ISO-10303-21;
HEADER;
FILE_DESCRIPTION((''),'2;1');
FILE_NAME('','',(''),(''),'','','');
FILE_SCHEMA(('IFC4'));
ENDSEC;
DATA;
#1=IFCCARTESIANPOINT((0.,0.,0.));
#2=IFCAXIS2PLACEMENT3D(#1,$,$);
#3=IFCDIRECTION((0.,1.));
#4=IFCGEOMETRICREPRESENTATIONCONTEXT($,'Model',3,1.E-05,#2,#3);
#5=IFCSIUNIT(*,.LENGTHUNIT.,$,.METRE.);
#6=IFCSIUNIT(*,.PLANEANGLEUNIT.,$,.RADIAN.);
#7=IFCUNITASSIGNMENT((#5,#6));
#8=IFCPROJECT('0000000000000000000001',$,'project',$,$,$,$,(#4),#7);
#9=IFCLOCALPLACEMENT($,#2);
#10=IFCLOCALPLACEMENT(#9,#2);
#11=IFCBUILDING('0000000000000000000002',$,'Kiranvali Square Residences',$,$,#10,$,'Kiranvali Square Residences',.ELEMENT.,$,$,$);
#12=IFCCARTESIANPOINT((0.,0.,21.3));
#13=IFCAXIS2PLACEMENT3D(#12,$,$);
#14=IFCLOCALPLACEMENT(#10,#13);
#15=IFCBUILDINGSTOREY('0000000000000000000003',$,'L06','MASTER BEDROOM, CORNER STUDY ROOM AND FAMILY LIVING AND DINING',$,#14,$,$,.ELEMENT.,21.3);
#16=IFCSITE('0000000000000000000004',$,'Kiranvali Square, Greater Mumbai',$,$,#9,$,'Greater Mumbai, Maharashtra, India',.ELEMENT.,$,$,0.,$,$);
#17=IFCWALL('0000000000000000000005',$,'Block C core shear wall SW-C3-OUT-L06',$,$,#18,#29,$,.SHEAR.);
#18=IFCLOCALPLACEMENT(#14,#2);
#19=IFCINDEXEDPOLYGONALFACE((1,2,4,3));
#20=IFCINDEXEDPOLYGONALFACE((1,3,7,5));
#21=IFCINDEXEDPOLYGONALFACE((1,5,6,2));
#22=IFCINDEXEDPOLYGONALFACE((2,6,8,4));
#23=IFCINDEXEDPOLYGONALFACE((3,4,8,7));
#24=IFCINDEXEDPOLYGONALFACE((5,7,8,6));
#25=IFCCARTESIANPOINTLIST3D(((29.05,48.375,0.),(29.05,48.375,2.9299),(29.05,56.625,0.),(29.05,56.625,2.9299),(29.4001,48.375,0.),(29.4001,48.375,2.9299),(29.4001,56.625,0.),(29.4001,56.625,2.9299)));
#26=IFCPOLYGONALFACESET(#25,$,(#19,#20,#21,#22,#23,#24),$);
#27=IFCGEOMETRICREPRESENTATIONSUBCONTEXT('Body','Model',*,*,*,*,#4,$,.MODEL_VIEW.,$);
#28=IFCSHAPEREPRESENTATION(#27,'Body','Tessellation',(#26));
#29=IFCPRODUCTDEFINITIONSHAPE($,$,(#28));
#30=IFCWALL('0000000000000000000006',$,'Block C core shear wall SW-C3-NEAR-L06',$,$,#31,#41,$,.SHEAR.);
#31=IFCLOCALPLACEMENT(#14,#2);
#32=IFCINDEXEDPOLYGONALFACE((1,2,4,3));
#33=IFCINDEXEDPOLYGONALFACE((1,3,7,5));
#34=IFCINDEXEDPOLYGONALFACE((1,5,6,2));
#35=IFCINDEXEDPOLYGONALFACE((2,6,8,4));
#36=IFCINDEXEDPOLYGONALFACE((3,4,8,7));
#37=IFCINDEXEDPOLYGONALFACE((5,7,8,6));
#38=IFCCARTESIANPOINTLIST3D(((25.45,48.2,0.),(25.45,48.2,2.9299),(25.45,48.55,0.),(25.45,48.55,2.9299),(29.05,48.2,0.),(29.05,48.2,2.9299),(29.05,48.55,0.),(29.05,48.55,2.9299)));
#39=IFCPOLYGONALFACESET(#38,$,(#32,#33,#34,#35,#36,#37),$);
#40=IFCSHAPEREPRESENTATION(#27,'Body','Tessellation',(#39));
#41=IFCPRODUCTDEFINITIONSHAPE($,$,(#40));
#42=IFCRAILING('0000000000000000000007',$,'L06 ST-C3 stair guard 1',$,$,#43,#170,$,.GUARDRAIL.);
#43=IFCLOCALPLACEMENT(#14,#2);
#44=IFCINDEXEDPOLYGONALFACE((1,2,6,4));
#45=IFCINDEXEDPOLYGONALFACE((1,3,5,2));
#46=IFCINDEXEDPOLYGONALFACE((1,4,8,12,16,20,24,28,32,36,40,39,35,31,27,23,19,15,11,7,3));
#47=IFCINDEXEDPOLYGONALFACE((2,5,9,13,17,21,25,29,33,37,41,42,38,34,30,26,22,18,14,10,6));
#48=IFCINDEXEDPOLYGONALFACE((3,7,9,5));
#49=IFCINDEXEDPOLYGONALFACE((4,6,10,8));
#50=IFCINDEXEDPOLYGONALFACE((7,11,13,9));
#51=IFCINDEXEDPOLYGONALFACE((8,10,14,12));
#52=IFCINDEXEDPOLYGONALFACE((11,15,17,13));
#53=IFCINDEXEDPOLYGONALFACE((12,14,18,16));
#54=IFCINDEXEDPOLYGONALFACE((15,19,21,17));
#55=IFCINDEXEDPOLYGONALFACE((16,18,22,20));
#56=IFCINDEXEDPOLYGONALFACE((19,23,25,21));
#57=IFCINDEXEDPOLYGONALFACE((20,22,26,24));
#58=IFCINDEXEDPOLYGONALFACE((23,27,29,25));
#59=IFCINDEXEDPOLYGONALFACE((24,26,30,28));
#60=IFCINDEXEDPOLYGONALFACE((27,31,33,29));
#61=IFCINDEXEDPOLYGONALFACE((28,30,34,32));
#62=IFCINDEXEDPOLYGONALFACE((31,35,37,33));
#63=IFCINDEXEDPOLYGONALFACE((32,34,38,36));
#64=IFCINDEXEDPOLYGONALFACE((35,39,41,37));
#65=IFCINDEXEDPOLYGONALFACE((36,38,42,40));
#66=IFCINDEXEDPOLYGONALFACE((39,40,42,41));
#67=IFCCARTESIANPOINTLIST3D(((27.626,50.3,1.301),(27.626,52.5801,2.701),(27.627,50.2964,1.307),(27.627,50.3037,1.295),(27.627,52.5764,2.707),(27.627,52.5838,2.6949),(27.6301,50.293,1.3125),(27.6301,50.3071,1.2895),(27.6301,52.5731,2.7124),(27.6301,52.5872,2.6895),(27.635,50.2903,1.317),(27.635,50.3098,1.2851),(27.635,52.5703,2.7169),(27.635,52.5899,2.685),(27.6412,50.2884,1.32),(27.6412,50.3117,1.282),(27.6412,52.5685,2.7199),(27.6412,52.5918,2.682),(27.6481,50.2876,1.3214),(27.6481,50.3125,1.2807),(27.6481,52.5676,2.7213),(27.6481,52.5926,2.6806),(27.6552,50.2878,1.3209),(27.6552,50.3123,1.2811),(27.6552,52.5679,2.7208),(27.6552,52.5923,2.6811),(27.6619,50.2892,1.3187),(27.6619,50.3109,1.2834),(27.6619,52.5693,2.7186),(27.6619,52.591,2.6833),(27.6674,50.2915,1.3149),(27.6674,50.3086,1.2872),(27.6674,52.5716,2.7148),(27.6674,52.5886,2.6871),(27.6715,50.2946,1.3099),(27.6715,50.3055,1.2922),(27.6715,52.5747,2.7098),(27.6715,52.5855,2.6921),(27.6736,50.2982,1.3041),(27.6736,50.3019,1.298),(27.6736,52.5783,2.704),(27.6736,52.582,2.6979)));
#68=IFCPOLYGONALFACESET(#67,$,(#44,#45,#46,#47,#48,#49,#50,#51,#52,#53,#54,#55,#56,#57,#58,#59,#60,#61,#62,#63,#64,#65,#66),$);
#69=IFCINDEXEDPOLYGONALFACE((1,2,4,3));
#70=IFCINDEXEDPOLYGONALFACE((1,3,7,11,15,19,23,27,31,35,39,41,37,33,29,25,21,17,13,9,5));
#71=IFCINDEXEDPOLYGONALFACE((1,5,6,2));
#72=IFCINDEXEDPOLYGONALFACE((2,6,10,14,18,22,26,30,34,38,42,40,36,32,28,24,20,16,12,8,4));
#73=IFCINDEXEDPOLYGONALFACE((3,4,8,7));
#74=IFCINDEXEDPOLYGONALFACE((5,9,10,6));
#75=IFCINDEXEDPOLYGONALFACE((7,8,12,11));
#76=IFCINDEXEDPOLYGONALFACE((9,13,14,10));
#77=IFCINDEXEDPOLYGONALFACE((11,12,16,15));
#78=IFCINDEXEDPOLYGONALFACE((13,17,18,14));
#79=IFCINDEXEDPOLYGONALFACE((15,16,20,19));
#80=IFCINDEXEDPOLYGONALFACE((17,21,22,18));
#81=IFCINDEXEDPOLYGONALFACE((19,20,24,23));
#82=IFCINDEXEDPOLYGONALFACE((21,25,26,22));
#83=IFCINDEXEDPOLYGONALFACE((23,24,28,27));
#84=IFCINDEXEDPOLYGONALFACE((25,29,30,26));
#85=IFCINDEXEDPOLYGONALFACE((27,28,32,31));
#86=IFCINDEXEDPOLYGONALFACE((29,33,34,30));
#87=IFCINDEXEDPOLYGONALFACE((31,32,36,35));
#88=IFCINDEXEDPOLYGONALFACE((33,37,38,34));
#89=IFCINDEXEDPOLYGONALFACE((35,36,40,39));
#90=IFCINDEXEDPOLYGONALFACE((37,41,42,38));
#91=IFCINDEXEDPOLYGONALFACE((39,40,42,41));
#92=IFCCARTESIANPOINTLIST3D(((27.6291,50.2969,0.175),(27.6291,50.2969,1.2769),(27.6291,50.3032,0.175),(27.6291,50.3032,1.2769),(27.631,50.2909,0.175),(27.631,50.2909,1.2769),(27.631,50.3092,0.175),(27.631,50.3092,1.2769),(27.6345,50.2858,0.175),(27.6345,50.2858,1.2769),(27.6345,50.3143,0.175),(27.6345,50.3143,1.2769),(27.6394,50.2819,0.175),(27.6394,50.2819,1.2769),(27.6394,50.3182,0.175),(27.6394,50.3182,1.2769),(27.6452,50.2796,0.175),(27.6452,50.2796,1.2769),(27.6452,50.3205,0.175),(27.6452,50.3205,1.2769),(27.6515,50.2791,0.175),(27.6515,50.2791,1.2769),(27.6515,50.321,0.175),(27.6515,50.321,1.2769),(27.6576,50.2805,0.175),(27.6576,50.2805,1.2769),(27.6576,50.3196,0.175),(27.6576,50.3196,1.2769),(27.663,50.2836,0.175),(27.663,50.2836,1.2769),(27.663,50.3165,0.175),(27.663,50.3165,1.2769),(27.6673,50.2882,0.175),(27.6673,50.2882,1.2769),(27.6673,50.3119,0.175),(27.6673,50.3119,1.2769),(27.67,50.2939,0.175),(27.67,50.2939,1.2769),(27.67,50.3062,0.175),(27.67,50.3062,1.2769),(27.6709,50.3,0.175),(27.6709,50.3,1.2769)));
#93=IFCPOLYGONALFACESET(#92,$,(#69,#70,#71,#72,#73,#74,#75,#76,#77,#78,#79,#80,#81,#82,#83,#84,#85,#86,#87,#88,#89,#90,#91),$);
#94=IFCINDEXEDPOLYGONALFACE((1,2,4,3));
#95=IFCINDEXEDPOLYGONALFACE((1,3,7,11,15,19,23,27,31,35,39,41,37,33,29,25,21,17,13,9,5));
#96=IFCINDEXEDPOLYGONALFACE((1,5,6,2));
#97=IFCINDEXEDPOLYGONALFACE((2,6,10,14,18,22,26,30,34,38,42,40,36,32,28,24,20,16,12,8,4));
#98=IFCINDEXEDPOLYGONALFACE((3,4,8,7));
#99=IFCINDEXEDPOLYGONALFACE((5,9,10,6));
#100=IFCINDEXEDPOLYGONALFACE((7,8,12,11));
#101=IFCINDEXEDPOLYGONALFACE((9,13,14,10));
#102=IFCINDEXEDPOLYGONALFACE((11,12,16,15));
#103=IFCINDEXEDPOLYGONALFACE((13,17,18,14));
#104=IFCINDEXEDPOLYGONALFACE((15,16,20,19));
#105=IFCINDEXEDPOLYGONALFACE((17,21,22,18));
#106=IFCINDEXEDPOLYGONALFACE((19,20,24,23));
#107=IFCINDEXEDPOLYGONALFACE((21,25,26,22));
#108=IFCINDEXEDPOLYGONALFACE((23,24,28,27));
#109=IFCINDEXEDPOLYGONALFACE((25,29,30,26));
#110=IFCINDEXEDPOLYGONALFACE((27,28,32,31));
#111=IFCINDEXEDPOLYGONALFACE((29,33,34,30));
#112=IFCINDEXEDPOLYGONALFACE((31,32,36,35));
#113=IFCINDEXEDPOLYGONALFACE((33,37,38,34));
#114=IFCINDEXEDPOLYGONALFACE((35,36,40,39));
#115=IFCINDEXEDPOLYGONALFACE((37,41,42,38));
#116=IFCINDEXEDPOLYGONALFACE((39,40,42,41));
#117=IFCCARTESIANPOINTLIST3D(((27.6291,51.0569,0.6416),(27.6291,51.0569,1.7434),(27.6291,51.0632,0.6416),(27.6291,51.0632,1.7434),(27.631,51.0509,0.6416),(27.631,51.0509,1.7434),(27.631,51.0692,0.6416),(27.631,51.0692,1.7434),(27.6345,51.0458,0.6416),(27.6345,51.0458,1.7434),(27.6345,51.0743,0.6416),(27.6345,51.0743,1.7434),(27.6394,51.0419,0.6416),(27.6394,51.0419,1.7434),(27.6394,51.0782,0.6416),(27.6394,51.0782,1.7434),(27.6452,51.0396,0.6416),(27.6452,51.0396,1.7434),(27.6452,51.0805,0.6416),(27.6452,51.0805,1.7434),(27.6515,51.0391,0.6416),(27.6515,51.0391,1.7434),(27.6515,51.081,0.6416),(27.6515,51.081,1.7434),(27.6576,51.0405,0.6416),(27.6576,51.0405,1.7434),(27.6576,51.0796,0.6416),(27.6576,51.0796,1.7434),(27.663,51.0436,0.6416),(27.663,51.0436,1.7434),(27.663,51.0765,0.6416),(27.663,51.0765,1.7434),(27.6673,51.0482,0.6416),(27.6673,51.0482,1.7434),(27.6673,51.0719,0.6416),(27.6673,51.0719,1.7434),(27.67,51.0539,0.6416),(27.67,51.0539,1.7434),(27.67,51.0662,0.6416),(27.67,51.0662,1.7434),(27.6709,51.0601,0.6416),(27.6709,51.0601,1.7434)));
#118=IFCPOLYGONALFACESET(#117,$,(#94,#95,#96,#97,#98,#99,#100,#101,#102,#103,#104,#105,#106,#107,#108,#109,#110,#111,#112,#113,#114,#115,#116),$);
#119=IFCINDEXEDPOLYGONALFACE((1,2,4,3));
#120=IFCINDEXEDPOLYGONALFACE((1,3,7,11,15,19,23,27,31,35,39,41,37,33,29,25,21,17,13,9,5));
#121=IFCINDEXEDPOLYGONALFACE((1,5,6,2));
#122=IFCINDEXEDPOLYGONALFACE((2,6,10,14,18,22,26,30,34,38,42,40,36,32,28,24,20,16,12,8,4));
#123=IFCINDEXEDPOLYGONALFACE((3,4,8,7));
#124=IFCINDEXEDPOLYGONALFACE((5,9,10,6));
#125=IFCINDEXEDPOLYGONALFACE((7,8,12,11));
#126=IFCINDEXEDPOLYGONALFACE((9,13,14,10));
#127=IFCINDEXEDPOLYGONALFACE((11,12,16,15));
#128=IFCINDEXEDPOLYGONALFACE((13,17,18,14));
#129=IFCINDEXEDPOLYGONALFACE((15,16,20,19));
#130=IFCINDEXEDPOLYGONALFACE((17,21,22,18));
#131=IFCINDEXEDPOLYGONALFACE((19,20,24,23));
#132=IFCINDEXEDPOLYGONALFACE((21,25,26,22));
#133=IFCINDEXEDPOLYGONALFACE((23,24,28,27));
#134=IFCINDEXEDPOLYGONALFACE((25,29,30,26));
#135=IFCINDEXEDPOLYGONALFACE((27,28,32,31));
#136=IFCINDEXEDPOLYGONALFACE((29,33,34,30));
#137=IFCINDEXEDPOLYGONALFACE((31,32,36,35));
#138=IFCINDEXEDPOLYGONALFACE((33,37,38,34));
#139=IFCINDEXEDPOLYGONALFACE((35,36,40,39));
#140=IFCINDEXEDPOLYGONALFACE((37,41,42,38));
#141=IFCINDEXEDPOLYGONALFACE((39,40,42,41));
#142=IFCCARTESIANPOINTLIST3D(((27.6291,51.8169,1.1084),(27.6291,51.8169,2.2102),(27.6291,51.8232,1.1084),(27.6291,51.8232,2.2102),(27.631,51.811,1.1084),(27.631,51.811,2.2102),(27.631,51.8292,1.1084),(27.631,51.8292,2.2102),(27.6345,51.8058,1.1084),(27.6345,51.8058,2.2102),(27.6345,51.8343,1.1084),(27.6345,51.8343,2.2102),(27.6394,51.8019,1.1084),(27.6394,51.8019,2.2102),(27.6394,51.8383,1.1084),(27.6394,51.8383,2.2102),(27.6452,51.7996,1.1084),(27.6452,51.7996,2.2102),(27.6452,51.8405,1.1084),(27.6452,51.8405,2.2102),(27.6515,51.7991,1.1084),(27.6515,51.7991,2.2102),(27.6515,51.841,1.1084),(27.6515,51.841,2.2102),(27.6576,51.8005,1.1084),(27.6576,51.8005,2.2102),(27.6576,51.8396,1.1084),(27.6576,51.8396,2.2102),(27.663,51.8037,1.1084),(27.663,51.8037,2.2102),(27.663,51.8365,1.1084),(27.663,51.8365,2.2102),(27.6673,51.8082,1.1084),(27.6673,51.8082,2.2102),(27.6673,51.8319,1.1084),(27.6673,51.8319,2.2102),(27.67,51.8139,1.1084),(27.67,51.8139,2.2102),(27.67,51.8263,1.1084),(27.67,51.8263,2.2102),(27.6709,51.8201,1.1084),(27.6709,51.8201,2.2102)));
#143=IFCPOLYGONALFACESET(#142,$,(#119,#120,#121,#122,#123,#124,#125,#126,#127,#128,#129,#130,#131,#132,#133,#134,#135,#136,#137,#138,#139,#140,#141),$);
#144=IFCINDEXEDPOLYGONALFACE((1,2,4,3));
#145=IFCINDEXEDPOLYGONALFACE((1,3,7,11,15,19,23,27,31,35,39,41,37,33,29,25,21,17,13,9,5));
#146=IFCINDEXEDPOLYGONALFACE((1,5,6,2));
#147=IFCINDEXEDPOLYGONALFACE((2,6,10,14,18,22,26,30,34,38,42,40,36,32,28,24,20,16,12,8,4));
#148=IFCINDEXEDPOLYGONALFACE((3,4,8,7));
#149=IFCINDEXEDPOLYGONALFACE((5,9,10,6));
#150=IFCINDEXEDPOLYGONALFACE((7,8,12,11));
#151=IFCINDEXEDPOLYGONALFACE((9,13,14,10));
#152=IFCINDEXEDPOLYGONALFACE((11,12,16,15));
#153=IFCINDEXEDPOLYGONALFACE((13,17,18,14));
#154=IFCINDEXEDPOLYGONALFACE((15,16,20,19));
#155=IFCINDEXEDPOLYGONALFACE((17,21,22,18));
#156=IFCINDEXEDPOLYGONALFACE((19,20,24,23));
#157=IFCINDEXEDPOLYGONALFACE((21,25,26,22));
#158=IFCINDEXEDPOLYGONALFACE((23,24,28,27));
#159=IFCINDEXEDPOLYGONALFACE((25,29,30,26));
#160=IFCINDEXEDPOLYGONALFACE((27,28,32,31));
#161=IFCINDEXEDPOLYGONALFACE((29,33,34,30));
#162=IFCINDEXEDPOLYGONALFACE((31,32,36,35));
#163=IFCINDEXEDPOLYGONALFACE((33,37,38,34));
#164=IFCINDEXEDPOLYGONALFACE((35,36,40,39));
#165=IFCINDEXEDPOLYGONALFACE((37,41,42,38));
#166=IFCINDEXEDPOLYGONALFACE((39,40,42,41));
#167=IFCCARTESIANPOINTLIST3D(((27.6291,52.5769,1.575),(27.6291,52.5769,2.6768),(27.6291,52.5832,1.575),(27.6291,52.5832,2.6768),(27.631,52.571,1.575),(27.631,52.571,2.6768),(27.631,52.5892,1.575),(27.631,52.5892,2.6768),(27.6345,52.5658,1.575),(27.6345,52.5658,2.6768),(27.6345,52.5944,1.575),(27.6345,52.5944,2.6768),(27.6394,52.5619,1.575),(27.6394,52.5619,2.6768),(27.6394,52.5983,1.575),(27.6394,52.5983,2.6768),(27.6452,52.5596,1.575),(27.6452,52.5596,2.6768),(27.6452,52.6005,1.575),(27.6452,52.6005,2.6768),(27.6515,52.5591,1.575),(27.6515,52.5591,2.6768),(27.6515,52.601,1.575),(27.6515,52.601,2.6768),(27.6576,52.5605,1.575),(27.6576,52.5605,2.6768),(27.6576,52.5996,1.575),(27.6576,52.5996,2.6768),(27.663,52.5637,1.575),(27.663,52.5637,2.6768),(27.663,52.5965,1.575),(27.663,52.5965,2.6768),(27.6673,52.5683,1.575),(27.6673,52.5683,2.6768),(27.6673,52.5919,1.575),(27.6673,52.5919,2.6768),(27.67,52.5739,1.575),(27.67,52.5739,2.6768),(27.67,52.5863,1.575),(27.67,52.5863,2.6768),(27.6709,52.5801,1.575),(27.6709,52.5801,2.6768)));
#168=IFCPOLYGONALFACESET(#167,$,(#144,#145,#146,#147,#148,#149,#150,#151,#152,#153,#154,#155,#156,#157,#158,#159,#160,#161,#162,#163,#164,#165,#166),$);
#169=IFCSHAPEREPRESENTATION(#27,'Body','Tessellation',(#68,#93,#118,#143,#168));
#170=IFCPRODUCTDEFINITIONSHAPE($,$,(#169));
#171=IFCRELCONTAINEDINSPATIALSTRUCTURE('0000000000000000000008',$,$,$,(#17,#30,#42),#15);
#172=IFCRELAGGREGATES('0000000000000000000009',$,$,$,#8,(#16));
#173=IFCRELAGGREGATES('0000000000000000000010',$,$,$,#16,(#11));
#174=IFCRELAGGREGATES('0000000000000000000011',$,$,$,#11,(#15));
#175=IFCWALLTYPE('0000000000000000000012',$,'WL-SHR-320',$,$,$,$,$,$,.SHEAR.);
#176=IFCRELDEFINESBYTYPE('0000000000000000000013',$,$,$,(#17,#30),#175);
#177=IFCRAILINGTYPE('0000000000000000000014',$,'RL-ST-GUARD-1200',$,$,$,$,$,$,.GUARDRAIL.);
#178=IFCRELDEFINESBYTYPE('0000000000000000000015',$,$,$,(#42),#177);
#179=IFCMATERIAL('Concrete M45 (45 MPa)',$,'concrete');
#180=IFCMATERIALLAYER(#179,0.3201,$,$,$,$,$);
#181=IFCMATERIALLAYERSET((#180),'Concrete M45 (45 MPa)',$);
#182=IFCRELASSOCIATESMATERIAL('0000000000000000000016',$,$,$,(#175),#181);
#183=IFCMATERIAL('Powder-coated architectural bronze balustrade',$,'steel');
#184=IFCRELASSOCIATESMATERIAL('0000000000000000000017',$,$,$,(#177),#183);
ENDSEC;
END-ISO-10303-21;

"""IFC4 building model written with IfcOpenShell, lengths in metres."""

from ifc_helpers import new_model, si_unit, direction, frame, frame_2d, origin, origin_2d, place, context, subcontext, project, spatial, rectangle, circle, extrude, material, layer, layer_set, type_object, element, save


model = new_model("IFC4")

# Units and contexts
model_context = context("Model", 3, precision=1e-05, world=origin(), true_north=direction((0.0, 1.0)))
body_context = subcontext(model_context, "Body", "Model", "MODEL_VIEW")
ifc_project = project(units=[si_unit("LENGTHUNIT", "METRE"), si_unit("PLANEANGLEUNIT", "RADIAN")], contexts=[model_context])

# Site, building, storey
site_placement = place(None, origin())
site = spatial("IfcSite", under=ifc_project, at=site_placement, Name="Kiranvali Square, Greater Mumbai", LongName="Greater Mumbai, Maharashtra, India", CompositionType="ELEMENT", RefElevation=0.0)
building_placement = place(site_placement, origin())
building = spatial("IfcBuilding", under=site, at=building_placement, Name="Kiranvali Square Residences", LongName="Kiranvali Square Residences", CompositionType="ELEMENT")
storey_placement = place(building_placement, frame((0.0, 0.0, 21.3)))
storey = spatial("IfcBuildingStorey", under=building, at=storey_placement, Name="L06", Description="MASTER BEDROOM, CORNER STUDY ROOM AND FAMILY LIVING AND DINING", CompositionType="ELEMENT", Elevation=21.3)

# Shared definitions
ifc_material_1 = material(Name="Concrete M45 (45 MPa)", Category="concrete")

# Wall
ifc_layer_1 = layer(ifc_material_1, 0.3201)
ifc_layer_set_1 = layer_set([ifc_layer_1], Name="Concrete M45 (45 MPa)")
wall_type_1 = type_object("IfcWallType", Name="WL-SHR-320", PredefinedType="SHEAR", material=ifc_layer_set_1)
wall_1_placement = place(storey_placement, frame((29.2251, 48.375, 0.0), z_axis=(0.0, 0.0, 1.0), x_axis=(0.0, 1.0, 0.0)))
element("IfcWall", 1, at=wall_1_placement, inside=storey, type_object=wall_type_1, Name="Block C core shear wall SW-C3-OUT-L06", PredefinedType="SHEAR", context=body_context, shape_type="SweptSolid", body=[
    extrude(rectangle(XDim=8.25, YDim=0.3501, at=frame_2d((4.125, 0.0))), origin(), (0.0, 0.0, 1.0), 2.9299),
])

# Wall
wall_2_placement = place(storey_placement, frame((29.05, 48.375, 0.0), z_axis=(0.0, 0.0, 1.0), x_axis=(-1.0, 0.0, 0.0)))
element("IfcWall", 2, at=wall_2_placement, inside=storey, type_object=wall_type_1, Name="Block C core shear wall SW-C3-NEAR-L06", PredefinedType="SHEAR", context=body_context, shape_type="SweptSolid", body=[
    extrude(rectangle(XDim=3.6001, YDim=0.3501, at=frame_2d((1.8, 0.0))), origin(), (0.0, 0.0, 1.0), 2.9299),
])

# Railing
ifc_material_2 = material(Name="Powder-coated architectural bronze balustrade", Category="steel")
railing_type = type_object("IfcRailingType", Name="RL-ST-GUARD-1200", PredefinedType="GUARDRAIL", material=ifc_material_2)
railing_1_placement = place(storey_placement, frame((27.6499, 50.3, 0.175)))
element("IfcRailing", 3, at=railing_1_placement, inside=storey, type_object=railing_type, Name="L06 ST-C3 stair guard 1", PredefinedType="GUARDRAIL", context=body_context, shape_type="SweptSolid", body=[
    extrude(circle(Radius=0.0239, at=origin_2d()), frame((0.0, 0.0, 1.126), z_axis=(0.0, 0.85219, 0.523232), x_axis=(-1.0, 0.0, 0.0)), (0.0, 0.0, 1.0), 2.6755),
    extrude(circle(Radius=0.021, at=origin_2d()), origin(), (0.0, 0.0, 1.0), 1.1018),
    extrude(circle(Radius=0.021, at=origin_2d()), frame((0.0, 0.76, 0.4666)), (0.0, 0.0, 1.0), 1.1018),
    extrude(circle(Radius=0.021, at=origin_2d()), frame((0.0, 1.52, 0.9333)), (0.0, 0.0, 1.0), 1.1018),
    extrude(circle(Radius=0.021, at=origin_2d()), frame((0.0, 2.28, 1.3999)), (0.0, 0.0, 1.0), 1.1018),
])

save(model, "model.ifc")
